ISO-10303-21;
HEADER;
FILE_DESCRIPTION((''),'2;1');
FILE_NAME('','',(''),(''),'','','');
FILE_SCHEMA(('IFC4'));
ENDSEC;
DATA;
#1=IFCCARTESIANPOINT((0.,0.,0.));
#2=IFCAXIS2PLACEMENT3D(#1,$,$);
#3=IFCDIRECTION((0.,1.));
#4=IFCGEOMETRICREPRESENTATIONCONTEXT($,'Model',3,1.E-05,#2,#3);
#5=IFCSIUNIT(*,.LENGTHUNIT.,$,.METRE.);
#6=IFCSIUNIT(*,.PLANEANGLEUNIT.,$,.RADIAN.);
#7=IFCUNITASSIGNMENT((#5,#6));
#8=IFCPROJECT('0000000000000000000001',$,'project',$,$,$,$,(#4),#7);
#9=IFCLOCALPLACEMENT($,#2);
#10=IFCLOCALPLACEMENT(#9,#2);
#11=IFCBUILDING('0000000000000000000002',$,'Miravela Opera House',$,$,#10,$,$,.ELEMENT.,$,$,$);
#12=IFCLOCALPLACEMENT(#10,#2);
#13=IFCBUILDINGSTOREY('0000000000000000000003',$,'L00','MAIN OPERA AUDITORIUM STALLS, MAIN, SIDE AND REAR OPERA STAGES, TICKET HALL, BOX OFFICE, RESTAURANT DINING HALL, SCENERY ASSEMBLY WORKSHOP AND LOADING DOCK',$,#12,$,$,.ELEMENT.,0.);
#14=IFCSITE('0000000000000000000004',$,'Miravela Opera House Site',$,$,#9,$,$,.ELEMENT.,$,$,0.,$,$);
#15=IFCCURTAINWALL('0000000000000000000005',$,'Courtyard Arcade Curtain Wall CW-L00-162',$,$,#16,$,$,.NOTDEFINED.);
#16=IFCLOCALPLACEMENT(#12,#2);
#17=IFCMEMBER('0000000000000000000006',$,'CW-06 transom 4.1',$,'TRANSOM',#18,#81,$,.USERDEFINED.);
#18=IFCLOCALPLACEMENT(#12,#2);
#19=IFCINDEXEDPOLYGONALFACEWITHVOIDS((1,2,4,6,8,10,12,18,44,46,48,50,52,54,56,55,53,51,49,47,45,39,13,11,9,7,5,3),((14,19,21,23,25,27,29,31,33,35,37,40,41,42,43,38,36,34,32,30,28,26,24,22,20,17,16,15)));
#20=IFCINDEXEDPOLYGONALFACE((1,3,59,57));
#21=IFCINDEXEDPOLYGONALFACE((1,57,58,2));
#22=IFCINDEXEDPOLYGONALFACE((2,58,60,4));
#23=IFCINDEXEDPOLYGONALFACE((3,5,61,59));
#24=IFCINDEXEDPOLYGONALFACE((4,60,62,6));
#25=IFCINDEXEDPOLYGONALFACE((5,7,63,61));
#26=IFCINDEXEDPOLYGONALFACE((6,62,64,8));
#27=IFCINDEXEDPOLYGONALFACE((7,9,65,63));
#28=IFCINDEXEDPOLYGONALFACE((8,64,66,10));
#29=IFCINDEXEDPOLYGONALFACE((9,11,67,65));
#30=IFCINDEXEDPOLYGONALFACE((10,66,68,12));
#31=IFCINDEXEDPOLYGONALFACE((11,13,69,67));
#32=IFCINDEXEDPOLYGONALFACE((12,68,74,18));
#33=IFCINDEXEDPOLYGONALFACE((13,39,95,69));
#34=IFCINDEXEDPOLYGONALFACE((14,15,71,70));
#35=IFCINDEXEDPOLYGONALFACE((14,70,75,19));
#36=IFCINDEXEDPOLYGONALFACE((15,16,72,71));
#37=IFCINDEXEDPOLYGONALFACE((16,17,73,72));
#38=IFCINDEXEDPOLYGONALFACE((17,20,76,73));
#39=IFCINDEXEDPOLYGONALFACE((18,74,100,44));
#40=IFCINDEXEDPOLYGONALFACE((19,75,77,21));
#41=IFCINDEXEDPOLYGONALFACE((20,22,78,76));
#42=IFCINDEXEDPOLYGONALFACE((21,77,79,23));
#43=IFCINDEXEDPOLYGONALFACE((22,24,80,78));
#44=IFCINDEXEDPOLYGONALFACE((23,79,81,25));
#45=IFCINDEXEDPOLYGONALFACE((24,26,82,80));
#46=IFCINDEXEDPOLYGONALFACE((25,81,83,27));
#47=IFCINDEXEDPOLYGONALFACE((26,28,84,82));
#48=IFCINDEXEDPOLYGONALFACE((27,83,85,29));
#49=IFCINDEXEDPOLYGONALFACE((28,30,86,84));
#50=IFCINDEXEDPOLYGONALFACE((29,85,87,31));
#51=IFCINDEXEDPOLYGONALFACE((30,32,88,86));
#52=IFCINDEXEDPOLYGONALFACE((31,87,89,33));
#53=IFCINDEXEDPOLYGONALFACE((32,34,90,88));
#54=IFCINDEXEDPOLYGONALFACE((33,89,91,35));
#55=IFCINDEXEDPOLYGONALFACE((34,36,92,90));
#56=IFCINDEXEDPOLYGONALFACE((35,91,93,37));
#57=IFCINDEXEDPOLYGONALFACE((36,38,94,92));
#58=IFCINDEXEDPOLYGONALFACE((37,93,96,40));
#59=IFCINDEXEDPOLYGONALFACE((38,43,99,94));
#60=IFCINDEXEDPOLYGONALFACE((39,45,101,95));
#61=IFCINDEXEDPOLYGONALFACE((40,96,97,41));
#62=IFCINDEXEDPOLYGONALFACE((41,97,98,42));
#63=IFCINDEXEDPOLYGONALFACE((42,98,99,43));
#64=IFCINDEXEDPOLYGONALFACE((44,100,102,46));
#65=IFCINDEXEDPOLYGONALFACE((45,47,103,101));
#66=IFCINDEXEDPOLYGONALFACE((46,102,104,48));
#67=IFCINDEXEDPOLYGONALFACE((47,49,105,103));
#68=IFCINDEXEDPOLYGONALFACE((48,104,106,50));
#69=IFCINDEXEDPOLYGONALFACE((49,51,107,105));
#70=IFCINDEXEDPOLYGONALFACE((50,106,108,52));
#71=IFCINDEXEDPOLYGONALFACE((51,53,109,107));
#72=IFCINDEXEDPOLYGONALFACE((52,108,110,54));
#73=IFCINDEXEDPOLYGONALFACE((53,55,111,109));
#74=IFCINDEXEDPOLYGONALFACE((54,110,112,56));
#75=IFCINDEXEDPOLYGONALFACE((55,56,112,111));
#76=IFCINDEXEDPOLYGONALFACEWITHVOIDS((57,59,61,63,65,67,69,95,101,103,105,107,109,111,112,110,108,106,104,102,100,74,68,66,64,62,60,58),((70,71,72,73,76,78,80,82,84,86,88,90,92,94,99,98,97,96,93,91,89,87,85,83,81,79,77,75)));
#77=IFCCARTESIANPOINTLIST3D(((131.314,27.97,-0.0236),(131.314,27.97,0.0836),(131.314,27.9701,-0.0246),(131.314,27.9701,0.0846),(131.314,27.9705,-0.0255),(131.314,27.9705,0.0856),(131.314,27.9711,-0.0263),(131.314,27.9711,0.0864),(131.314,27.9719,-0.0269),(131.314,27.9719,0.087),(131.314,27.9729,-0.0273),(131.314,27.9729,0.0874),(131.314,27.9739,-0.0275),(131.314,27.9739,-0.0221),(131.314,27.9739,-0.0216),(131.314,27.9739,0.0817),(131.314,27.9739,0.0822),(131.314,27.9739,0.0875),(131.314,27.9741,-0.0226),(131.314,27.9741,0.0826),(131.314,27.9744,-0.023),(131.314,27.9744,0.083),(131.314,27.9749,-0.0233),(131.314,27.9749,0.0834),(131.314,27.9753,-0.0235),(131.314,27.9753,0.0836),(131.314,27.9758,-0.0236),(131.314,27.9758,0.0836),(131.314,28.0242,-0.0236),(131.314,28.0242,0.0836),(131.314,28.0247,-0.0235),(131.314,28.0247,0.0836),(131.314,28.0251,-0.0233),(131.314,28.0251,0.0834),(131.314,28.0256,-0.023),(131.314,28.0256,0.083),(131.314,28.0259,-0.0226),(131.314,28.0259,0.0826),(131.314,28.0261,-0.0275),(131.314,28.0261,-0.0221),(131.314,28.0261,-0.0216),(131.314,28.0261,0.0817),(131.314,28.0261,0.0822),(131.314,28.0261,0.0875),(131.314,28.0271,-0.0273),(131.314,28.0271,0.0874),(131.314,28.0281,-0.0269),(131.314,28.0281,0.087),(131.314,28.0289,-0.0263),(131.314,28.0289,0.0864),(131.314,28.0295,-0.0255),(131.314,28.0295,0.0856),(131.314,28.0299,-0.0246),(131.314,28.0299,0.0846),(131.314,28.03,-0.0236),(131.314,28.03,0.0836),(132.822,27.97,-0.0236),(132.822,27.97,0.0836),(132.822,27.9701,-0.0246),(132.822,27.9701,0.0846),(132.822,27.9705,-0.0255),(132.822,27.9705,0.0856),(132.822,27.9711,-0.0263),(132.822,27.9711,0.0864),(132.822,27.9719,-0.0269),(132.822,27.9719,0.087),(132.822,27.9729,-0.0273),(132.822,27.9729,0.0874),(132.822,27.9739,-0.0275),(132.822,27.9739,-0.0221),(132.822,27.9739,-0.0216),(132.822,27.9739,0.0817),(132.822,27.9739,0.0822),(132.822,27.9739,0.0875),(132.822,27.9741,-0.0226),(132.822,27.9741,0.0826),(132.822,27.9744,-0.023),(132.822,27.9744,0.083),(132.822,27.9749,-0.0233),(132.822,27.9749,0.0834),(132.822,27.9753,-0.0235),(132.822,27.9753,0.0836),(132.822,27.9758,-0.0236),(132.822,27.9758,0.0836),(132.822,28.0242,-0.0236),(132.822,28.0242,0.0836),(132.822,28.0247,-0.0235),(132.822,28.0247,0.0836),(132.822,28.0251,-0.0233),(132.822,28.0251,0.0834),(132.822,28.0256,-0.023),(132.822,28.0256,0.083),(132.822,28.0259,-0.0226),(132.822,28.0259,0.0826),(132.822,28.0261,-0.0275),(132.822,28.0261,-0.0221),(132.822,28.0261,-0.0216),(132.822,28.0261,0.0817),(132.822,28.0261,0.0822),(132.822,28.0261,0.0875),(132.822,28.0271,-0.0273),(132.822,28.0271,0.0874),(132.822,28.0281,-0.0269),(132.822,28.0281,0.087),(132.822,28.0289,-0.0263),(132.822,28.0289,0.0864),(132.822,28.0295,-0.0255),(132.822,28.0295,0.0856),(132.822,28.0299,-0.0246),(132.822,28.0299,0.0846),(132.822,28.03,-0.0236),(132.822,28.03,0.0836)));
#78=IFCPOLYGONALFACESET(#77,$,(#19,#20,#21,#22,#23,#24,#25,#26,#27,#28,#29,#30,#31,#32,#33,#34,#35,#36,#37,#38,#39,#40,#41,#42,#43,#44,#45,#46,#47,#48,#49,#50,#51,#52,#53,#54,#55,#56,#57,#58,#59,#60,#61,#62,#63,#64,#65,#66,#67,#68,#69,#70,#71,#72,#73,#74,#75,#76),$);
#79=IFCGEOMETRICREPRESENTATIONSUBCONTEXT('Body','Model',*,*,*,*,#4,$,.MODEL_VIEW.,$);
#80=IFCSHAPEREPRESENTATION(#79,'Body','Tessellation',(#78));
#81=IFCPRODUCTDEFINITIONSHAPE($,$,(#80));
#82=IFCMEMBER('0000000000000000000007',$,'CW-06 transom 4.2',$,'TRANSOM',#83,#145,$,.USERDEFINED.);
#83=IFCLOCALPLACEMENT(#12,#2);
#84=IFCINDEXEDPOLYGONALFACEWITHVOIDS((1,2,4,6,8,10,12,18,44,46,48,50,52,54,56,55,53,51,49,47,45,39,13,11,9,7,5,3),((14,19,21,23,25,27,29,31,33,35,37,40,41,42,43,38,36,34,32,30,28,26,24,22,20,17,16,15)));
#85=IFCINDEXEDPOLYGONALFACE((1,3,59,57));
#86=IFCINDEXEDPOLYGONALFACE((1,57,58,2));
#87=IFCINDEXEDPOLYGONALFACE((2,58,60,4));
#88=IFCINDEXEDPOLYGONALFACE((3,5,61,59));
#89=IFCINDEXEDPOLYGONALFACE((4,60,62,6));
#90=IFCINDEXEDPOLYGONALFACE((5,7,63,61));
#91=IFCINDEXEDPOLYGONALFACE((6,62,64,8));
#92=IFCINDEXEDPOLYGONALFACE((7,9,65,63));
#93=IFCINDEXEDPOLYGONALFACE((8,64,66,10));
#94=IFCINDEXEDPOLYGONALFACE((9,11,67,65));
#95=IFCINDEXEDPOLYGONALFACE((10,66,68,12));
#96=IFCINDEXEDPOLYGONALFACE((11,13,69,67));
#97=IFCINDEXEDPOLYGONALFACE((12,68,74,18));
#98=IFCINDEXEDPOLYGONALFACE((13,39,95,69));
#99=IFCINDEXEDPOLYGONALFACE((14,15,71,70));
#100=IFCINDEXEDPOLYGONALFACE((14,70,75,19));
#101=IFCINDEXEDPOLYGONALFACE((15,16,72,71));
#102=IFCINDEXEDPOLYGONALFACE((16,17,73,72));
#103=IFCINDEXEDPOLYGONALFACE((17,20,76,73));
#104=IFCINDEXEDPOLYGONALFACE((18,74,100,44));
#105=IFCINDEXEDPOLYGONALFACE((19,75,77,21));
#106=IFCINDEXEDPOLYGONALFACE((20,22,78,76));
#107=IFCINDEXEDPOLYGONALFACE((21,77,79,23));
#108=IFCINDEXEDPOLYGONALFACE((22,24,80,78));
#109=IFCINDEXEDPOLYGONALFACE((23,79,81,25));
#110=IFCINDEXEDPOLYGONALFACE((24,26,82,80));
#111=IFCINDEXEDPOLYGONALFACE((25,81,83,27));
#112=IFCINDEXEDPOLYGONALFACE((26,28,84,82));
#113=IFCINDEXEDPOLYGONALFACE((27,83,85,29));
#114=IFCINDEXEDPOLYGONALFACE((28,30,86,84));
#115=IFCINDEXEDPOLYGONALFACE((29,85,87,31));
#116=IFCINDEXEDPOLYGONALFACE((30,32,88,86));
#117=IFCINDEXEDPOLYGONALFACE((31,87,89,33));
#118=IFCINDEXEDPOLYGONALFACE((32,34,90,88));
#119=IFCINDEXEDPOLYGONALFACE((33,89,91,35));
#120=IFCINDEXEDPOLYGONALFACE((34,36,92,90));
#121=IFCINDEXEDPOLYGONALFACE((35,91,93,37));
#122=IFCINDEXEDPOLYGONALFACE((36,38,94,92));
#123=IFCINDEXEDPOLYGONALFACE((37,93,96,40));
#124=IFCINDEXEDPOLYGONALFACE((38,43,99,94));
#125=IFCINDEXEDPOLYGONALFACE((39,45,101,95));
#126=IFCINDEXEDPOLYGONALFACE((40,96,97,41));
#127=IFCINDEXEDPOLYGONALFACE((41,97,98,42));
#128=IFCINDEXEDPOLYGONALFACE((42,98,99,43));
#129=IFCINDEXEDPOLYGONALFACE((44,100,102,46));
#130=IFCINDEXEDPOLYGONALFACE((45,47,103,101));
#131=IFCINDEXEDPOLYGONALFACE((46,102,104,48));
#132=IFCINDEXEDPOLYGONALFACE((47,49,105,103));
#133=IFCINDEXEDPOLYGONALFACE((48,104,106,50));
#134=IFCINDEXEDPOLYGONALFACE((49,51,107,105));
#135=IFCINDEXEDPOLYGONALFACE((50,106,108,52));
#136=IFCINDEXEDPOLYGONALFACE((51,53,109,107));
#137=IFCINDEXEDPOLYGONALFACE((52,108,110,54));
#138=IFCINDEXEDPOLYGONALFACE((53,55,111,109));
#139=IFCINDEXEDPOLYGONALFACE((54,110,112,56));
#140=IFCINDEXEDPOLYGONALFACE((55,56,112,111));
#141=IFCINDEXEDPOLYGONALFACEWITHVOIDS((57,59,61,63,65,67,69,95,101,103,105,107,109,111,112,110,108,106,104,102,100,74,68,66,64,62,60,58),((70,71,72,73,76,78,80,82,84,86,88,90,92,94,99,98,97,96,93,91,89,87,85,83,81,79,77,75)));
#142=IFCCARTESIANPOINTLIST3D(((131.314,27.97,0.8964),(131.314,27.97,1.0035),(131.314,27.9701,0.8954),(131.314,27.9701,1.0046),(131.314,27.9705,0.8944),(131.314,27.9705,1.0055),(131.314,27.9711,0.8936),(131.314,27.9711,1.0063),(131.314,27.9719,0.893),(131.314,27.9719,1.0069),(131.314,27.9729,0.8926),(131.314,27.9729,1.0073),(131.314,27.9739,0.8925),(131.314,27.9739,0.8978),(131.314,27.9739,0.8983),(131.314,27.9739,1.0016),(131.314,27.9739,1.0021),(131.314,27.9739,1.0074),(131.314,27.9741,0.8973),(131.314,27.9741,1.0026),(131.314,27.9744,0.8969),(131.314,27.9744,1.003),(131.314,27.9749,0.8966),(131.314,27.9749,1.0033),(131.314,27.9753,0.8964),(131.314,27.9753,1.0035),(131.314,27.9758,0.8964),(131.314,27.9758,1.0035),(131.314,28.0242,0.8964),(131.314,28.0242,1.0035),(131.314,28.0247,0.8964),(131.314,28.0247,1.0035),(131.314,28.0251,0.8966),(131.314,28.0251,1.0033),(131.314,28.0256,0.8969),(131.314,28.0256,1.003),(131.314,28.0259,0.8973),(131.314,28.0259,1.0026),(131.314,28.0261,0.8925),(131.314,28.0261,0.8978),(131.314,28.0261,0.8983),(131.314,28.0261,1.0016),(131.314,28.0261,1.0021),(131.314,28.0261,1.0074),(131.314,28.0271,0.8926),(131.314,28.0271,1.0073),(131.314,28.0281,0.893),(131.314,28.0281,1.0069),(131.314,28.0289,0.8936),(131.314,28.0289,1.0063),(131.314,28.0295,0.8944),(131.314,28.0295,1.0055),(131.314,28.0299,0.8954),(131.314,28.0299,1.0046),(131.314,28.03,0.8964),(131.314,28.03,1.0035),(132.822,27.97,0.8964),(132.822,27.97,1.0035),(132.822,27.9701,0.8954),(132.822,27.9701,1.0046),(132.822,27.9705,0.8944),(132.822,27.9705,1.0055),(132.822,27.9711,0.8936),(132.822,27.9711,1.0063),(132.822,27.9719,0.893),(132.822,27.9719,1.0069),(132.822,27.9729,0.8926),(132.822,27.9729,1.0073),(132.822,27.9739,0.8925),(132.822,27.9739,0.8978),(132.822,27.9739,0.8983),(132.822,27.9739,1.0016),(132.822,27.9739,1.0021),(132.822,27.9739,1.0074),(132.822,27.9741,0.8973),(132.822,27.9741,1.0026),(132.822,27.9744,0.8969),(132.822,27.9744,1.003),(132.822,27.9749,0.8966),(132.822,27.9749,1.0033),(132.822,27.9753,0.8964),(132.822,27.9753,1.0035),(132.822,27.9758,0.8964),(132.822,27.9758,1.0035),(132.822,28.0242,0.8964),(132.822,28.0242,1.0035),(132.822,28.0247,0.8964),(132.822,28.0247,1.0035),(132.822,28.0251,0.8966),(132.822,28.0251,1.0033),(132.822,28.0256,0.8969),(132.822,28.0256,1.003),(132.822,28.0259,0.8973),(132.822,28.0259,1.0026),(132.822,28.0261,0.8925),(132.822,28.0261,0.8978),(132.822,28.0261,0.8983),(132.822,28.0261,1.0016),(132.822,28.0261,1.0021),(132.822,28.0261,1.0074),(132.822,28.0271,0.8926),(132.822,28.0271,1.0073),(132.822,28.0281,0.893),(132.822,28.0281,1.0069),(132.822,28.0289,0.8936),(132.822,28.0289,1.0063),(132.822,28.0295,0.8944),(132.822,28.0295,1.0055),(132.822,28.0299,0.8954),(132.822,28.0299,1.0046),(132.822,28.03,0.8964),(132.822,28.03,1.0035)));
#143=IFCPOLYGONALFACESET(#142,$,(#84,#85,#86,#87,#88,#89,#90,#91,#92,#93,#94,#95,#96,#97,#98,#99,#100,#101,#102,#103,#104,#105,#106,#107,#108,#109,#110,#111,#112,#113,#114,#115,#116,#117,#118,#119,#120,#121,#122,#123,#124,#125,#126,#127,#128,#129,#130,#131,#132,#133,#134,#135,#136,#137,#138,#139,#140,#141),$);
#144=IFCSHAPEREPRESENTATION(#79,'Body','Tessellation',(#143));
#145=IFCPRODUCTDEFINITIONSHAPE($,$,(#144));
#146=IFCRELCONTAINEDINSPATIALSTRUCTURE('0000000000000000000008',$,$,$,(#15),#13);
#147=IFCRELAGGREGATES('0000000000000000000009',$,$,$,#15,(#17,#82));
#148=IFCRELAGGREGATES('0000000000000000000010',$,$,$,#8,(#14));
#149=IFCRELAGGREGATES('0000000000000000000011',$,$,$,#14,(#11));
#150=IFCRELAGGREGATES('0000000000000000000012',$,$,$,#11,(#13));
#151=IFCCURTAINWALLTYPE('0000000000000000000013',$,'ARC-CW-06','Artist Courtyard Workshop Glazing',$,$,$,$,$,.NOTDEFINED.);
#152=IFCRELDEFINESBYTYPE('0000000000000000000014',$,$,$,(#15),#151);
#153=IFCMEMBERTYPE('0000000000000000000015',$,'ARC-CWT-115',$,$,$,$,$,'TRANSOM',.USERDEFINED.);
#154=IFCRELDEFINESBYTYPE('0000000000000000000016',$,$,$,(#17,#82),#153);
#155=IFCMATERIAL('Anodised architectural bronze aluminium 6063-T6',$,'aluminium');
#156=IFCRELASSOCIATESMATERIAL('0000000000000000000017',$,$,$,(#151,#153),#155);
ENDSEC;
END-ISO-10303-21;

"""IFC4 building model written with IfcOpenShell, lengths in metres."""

from ifc_helpers import new_model, si_unit, direction, frame, origin, origin_2d, place, context, subcontext, project, spatial, hollow_rectangle, extrude, material, material_profile, profile_set, type_object, element, aggregate, save


model = new_model("IFC4")

# Units and contexts
model_context = context("Model", 3, precision=1e-05, world=origin(), true_north=direction((0.0, 1.0)))
body_context = subcontext(model_context, "Body", "Model", "MODEL_VIEW")
ifc_project = project(units=[si_unit("LENGTHUNIT", "METRE"), si_unit("PLANEANGLEUNIT", "RADIAN")], contexts=[model_context])

# Site, building, storey
site_placement = place(None, origin())
site = spatial("IfcSite", under=ifc_project, at=site_placement, Name="Miravela Opera House Site", CompositionType="ELEMENT", RefElevation=0.0)
building_placement = place(site_placement, origin())
building = spatial("IfcBuilding", under=site, at=building_placement, Name="Miravela Opera House", CompositionType="ELEMENT")
storey_placement = place(building_placement, origin())
storey = spatial("IfcBuildingStorey", under=building, at=storey_placement, Name="L00", Description="MAIN OPERA AUDITORIUM STALLS, MAIN, SIDE AND REAR OPERA STAGES, TICKET HALL, BOX OFFICE, RESTAURANT DINING HALL, SCENERY ASSEMBLY WORKSHOP AND LOADING DOCK", CompositionType="ELEMENT", Elevation=0.0)

# Curtain wall, members
ifc_material_1 = material(Name="Anodised architectural bronze aluminium 6063-T6", Category="aluminium")
curtain_wall_type = type_object("IfcCurtainWallType", Name="ARC-CW-06", Description="Artist Courtyard Workshop Glazing", PredefinedType="NOTDEFINED", material=ifc_material_1)
curtain_wall_placement = place(storey_placement, origin())
curtain_wall = element("IfcCurtainWall", 1, at=curtain_wall_placement, inside=storey, type_object=curtain_wall_type, Name="Courtyard Arcade Curtain Wall CW-L00-162", PredefinedType="NOTDEFINED")
ifc_material_profile_1 = material_profile(ifc_material_1, hollow_rectangle(XDim=0.0601, YDim=0.115, WallThickness=0.0039, InnerFilletRadius=0.002, OuterFilletRadius=0.0039, at=origin_2d()), Name="CWT-60X115")
ifc_profile_set_1 = profile_set([ifc_material_profile_1])
member_type_1 = type_object("IfcMemberType", Name="ARC-CWT-115", ElementType="TRANSOM", PredefinedType="USERDEFINED", material=ifc_profile_set_1)
member_1_placement = place(storey_placement, frame((131.314, 28.0, 0.03), z_axis=(1.0, 0.0, 0.0), x_axis=(0.0, 1.0, 0.0)))
member_1 = element("IfcMember", 2, at=member_1_placement, type_object=member_type_1, Name="CW-06 transom 4.1", ObjectType="TRANSOM", PredefinedType="USERDEFINED", context=body_context, shape_type="SweptSolid", body=[
    extrude(hollow_rectangle(XDim=0.0601, YDim=0.115, WallThickness=0.0039, InnerFilletRadius=0.002, OuterFilletRadius=0.0039, at=origin_2d()), origin(), (0.0, 0.0, 1.0), 1.5081),
])
member_2_placement = place(storey_placement, frame((131.314, 28.0, 0.95), z_axis=(1.0, 0.0, 0.0), x_axis=(0.0, 1.0, 0.0)))
member_2 = element("IfcMember", 3, at=member_2_placement, type_object=member_type_1, Name="CW-06 transom 4.2", ObjectType="TRANSOM", PredefinedType="USERDEFINED", context=body_context, shape_type="SweptSolid", body=[
    extrude(hollow_rectangle(XDim=0.0601, YDim=0.115, WallThickness=0.0039, InnerFilletRadius=0.002, OuterFilletRadius=0.0039, at=origin_2d()), origin(), (0.0, 0.0, 1.0), 1.5081),
])

aggregate(curtain_wall, [member_1, member_2])

save(model, "model.ifc")
